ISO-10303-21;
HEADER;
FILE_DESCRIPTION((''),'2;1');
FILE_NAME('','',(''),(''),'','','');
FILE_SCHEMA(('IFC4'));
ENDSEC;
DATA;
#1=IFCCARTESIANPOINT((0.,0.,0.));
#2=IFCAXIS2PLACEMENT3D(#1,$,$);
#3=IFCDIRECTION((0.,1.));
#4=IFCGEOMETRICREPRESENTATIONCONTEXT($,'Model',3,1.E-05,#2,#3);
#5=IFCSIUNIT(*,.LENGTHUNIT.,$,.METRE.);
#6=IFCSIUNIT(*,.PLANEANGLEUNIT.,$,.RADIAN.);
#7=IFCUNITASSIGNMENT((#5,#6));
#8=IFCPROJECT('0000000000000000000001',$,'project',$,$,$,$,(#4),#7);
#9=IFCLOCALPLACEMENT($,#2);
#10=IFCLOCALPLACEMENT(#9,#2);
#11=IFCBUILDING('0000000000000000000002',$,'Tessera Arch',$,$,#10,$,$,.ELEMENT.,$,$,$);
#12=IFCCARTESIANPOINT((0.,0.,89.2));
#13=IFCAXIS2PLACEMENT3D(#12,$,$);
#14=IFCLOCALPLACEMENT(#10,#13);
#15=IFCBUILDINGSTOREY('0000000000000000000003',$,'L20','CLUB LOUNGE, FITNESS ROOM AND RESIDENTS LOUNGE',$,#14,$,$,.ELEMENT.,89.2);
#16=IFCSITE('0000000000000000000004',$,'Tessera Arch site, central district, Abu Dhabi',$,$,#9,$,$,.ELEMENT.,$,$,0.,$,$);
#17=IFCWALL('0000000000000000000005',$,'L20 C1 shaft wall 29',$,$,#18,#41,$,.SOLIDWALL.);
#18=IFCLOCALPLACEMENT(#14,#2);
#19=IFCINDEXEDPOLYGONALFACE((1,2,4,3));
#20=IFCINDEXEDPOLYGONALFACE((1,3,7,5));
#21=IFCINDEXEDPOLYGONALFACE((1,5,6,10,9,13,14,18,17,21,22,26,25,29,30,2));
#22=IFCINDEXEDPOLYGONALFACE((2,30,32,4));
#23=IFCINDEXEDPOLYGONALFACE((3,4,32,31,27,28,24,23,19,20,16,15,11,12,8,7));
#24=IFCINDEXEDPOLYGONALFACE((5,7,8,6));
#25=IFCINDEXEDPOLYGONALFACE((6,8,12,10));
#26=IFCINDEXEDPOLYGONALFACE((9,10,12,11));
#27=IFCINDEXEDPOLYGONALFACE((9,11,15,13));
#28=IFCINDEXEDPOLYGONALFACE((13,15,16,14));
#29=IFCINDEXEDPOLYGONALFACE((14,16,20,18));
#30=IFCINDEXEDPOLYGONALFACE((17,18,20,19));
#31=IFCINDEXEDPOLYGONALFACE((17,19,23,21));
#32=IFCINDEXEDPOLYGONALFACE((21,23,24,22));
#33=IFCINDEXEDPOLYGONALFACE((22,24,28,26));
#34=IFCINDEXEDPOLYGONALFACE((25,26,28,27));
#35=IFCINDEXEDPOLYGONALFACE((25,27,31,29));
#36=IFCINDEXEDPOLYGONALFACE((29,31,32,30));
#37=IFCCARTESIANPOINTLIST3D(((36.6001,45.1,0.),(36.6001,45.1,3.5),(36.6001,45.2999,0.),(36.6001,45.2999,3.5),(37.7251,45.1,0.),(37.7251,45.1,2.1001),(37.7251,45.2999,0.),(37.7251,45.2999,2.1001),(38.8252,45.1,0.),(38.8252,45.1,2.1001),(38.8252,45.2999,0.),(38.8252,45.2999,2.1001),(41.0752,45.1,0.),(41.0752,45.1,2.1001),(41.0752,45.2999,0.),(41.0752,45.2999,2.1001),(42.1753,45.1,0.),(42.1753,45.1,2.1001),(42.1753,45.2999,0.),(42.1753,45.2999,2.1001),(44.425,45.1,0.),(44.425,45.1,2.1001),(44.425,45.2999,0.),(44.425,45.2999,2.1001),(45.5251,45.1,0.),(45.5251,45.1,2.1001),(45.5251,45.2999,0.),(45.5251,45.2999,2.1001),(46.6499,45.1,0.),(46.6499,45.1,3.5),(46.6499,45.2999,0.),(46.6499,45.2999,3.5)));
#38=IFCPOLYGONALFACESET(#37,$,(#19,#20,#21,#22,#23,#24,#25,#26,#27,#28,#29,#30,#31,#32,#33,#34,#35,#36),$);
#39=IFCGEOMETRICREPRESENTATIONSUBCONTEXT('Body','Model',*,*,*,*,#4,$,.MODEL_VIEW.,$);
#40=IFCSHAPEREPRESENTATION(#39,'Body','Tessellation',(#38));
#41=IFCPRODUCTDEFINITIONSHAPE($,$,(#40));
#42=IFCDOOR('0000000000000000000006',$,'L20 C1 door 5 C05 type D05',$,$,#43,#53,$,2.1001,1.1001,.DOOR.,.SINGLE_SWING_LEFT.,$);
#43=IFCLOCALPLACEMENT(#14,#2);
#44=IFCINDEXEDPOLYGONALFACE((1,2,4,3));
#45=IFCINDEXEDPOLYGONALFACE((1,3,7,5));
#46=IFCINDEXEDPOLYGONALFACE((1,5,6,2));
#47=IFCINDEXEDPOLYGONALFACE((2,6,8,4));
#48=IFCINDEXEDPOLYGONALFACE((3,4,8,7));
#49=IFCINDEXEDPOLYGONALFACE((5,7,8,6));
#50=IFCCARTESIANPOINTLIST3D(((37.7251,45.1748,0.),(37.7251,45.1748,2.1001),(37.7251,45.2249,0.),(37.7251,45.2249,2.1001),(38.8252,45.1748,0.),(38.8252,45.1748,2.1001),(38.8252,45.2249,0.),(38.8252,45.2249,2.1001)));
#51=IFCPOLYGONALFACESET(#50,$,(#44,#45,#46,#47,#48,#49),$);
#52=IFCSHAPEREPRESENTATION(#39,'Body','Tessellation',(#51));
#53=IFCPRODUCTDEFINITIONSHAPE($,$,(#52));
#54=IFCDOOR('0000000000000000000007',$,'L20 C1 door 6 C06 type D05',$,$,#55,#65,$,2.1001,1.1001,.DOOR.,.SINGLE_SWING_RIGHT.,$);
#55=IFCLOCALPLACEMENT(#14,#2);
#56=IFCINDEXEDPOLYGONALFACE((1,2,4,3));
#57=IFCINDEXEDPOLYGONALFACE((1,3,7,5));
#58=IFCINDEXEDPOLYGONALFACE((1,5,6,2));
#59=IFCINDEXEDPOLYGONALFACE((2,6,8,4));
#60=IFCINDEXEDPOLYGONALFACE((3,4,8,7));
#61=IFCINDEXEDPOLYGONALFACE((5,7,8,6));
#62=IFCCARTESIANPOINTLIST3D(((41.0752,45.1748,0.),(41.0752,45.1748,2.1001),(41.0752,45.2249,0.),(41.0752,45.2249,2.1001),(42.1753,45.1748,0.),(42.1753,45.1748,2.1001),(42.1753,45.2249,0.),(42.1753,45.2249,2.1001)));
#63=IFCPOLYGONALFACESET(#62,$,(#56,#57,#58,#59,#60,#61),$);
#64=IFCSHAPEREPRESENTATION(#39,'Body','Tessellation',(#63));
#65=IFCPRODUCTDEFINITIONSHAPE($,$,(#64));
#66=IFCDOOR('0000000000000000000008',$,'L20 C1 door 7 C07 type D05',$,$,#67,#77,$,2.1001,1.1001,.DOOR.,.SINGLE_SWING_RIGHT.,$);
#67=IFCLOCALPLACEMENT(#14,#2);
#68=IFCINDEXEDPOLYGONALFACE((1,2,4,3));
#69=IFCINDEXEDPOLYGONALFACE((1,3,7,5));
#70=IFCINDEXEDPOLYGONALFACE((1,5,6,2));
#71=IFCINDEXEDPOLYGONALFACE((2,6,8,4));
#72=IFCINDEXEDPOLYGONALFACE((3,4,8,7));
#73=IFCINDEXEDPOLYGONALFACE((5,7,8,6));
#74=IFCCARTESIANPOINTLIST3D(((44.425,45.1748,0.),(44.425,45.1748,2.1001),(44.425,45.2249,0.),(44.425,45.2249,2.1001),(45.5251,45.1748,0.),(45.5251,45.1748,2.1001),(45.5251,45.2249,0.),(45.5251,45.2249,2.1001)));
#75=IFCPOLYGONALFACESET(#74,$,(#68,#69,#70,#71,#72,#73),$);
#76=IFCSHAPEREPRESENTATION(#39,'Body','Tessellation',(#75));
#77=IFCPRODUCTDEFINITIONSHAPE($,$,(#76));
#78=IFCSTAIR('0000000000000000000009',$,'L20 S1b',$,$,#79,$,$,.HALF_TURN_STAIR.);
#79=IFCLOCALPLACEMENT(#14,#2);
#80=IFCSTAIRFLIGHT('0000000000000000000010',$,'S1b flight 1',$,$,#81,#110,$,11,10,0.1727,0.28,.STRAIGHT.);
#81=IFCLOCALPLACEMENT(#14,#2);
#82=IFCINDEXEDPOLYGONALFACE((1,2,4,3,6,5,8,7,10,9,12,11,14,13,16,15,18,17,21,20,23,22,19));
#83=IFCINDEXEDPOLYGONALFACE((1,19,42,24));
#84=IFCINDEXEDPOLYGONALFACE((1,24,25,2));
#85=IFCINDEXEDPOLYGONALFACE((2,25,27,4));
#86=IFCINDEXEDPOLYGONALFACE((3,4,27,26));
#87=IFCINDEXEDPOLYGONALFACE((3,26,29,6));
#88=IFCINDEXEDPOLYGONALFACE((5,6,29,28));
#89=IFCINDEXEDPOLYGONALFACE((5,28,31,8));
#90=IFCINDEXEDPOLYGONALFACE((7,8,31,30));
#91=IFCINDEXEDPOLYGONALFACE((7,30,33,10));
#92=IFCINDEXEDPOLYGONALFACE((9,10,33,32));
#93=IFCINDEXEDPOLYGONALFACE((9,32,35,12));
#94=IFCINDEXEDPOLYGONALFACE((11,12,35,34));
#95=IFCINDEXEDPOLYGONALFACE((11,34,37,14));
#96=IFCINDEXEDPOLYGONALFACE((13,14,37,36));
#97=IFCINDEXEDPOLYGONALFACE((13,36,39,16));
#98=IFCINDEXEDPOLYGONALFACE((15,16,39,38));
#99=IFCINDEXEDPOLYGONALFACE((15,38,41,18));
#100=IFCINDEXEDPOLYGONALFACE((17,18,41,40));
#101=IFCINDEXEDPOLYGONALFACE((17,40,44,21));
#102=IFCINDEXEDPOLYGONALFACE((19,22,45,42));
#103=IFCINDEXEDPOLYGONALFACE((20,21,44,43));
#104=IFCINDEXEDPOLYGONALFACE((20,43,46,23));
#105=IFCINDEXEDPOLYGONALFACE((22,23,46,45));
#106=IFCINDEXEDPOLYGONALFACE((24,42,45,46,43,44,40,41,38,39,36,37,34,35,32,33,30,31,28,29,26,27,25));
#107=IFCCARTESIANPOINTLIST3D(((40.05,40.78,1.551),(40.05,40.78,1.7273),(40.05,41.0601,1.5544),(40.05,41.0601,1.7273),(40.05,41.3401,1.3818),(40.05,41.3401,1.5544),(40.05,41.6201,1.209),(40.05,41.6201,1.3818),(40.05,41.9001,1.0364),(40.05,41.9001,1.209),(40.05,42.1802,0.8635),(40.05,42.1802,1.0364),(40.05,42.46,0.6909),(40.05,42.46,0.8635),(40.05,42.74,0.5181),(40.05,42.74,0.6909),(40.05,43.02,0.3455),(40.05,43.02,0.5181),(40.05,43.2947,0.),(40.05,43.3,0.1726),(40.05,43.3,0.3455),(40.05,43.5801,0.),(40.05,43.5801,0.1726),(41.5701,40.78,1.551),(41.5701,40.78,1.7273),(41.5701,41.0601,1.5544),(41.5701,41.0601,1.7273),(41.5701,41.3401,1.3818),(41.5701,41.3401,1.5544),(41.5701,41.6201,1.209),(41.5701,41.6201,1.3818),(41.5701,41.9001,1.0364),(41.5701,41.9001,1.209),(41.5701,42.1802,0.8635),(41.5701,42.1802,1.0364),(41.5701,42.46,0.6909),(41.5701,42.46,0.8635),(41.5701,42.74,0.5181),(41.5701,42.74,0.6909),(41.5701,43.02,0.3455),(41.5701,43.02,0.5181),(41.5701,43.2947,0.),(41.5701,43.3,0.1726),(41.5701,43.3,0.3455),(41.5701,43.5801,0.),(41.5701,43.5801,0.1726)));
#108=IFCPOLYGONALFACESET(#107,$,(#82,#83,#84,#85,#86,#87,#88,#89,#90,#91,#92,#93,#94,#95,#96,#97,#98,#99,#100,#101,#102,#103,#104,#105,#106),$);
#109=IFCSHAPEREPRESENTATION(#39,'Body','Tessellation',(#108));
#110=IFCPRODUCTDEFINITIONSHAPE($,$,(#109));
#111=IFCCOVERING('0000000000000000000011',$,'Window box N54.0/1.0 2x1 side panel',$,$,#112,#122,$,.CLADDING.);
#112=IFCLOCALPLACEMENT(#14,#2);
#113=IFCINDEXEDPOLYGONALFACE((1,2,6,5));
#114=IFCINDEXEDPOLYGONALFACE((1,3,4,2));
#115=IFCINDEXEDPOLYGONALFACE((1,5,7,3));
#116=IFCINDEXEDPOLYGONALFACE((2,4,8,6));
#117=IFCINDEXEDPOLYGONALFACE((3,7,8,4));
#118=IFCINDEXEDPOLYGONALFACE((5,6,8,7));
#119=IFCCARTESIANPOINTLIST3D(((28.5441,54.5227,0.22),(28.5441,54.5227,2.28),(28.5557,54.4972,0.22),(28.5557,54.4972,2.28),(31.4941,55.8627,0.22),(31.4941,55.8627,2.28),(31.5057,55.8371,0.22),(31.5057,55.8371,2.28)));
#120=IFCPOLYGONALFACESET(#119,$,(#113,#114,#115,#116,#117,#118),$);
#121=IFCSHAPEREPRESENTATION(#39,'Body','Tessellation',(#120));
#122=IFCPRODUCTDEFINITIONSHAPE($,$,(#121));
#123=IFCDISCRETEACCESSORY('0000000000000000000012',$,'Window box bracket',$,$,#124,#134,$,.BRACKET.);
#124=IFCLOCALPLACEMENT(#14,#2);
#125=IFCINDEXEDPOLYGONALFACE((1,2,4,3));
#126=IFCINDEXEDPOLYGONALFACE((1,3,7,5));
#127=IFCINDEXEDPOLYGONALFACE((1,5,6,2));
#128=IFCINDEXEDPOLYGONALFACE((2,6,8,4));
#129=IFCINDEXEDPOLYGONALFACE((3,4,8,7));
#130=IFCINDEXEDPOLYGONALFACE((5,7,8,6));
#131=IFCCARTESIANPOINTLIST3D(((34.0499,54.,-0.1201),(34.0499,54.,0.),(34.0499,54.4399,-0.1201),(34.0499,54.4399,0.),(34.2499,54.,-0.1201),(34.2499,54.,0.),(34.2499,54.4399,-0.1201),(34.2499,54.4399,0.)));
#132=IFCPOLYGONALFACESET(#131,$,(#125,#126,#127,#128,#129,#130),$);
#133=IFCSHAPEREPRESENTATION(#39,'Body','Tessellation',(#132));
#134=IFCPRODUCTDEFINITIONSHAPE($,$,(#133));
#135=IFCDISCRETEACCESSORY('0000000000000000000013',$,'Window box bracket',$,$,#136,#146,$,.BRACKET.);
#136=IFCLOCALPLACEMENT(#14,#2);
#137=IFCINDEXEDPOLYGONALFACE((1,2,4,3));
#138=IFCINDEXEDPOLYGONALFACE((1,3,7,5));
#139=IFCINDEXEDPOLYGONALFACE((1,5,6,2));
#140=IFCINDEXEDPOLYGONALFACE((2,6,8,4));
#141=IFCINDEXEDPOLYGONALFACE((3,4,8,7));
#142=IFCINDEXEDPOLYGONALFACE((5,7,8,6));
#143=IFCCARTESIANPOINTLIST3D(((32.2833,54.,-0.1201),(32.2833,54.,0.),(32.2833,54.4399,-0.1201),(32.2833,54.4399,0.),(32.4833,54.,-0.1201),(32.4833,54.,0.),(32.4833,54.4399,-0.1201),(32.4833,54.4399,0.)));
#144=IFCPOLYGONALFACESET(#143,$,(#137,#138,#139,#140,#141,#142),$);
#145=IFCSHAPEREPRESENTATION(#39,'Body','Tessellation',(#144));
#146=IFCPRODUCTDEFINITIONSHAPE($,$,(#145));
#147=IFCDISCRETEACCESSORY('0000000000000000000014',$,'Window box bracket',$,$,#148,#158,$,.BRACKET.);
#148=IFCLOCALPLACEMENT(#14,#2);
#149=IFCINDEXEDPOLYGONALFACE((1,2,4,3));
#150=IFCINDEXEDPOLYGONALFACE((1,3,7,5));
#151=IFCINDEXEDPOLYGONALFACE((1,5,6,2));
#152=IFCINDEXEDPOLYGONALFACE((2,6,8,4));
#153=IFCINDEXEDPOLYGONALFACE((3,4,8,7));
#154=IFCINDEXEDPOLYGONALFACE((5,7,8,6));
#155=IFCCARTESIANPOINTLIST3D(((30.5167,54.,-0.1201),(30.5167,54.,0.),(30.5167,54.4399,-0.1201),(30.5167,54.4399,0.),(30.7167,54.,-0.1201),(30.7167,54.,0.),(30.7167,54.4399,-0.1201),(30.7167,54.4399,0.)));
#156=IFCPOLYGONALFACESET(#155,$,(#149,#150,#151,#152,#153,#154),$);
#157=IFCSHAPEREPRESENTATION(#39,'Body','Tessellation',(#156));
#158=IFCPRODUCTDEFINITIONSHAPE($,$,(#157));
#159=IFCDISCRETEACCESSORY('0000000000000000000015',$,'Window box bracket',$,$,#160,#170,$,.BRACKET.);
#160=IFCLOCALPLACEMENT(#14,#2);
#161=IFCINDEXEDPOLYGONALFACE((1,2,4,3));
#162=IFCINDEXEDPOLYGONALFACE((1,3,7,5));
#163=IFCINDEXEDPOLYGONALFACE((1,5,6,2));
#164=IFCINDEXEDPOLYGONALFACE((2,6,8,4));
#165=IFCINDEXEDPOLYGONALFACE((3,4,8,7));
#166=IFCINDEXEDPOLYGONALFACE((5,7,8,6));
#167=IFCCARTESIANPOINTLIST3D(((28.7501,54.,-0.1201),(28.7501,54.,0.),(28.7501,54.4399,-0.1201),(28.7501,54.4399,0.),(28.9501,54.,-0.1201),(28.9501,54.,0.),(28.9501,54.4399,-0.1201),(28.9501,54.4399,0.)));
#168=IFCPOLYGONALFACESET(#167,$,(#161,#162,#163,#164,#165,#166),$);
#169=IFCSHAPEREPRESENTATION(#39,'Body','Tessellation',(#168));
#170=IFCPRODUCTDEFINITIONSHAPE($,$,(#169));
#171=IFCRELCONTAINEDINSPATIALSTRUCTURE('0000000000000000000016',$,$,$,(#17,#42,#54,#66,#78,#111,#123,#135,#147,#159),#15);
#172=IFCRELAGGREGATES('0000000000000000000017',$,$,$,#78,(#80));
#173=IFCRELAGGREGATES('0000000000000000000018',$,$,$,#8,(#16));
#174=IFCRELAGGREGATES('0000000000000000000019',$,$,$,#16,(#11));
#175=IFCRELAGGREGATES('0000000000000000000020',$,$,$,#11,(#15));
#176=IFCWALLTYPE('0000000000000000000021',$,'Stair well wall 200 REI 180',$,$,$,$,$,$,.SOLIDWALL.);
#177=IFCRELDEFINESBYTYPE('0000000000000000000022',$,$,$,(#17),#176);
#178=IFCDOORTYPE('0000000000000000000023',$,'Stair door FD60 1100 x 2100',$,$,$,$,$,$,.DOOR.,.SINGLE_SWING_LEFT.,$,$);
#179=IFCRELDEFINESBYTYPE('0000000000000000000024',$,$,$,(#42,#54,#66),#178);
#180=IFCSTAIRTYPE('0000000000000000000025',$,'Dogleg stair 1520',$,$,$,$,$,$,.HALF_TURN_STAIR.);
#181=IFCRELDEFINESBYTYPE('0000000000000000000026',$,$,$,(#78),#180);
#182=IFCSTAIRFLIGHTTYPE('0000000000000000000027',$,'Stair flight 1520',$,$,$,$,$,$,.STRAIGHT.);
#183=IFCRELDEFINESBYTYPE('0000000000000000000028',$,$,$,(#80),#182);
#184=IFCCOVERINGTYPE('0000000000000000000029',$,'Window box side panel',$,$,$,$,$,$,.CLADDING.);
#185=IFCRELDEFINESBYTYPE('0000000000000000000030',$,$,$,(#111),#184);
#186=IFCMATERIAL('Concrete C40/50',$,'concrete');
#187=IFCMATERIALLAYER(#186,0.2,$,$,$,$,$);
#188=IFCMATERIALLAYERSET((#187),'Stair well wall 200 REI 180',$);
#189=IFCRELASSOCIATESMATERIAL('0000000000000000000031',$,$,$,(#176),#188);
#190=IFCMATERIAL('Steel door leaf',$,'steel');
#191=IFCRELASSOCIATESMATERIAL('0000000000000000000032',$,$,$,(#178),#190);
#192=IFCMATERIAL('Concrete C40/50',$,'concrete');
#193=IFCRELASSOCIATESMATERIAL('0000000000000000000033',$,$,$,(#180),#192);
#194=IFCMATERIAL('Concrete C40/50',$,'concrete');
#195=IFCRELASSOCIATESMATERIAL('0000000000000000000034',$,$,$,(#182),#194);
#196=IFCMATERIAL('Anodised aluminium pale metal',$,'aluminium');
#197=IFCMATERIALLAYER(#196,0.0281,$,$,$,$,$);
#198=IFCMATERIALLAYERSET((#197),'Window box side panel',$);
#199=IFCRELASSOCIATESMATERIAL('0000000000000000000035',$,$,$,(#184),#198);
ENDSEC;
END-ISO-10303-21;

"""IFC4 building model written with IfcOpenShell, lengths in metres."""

from ifc_helpers import new_model, si_unit, direction, frame, frame_2d, origin, origin_2d, place, context, subcontext, project, spatial, polyline, rectangle, outline, extrude, material, layer, layer_set, type_object, element, fill, aggregate, save


model = new_model("IFC4")

# Units and contexts
model_context = context("Model", 3, precision=1e-05, world=origin(), true_north=direction((0.0, 1.0)))
body_context = subcontext(model_context, "Body", "Model", "MODEL_VIEW")
ifc_project = project(units=[si_unit("LENGTHUNIT", "METRE"), si_unit("PLANEANGLEUNIT", "RADIAN")], contexts=[model_context])

# Site, building, storey
site_placement = place(None, origin())
site = spatial("IfcSite", under=ifc_project, at=site_placement, Name="Tessera Arch site, central district, Abu Dhabi", CompositionType="ELEMENT", RefElevation=0.0)
building_placement = place(site_placement, origin())
building = spatial("IfcBuilding", under=site, at=building_placement, Name="Tessera Arch", CompositionType="ELEMENT")
storey_placement = place(building_placement, frame((0.0, 0.0, 89.2)))
storey = spatial("IfcBuildingStorey", under=building, at=storey_placement, Name="L20", Description="CLUB LOUNGE, FITNESS ROOM AND RESIDENTS LOUNGE", CompositionType="ELEMENT", Elevation=89.2)

# Wall, openings, doors
ifc_material_1 = material(Name="Concrete C40/50", Category="concrete")
ifc_layer_1 = layer(ifc_material_1, 0.2)
ifc_layer_set_1 = layer_set([ifc_layer_1], Name="Stair well wall 200 REI 180")
wall_type_1 = type_object("IfcWallType", Name="Stair well wall 200 REI 180", PredefinedType="SOLIDWALL", material=ifc_layer_set_1)
wall_1_placement = place(storey_placement, frame((36.6001, 45.2, 0.0), z_axis=(0.0, 0.0, 1.0), x_axis=(1.0, 0.0, 0.0)))
wall_1 = element("IfcWall", 1, at=wall_1_placement, inside=storey, type_object=wall_type_1, Name="L20 C1 shaft wall 29", PredefinedType="SOLIDWALL", context=body_context, shape_type="SweptSolid", body=[
    extrude(rectangle(XDim=10.0498, YDim=0.2, at=frame_2d((5.0249, 0.0))), origin(), (0.0, 0.0, 1.0), 3.5),
])
opening_1_placement = place(wall_1_placement, frame((1.125, 0.0, 0.0)))
opening_1 = element("IfcOpeningElement", 2, at=opening_1_placement, cuts=wall_1, PredefinedType="OPENING", context=body_context, shape_type="SweptSolid", body=[
    extrude(rectangle(XDim=1.1001, YDim=2.1001, at=frame_2d((0.55, 1.05))), frame((0.0, 0.1099, 0.0), z_axis=(0.0, -1.0, 0.0), x_axis=(1.0, 0.0, 0.0)), (0.0, 0.0, 1.0), 0.22),
])
opening_2_placement = place(wall_1_placement, frame((4.4751, 0.0, 0.0)))
opening_2 = element("IfcOpeningElement", 3, at=opening_2_placement, cuts=wall_1, PredefinedType="OPENING", context=body_context, shape_type="SweptSolid", body=[
    extrude(rectangle(XDim=1.1001, YDim=2.1001, at=frame_2d((0.55, 1.05))), frame((0.0, 0.1099, 0.0), z_axis=(0.0, -1.0, 0.0), x_axis=(1.0, 0.0, 0.0)), (0.0, 0.0, 1.0), 0.22),
])
opening_3_placement = place(wall_1_placement, frame((7.825, 0.0, 0.0)))
opening_3 = element("IfcOpeningElement", 4, at=opening_3_placement, cuts=wall_1, PredefinedType="OPENING", context=body_context, shape_type="SweptSolid", body=[
    extrude(rectangle(XDim=1.1001, YDim=2.1001, at=frame_2d((0.55, 1.05))), frame((0.0, 0.1099, 0.0), z_axis=(0.0, -1.0, 0.0), x_axis=(1.0, 0.0, 0.0)), (0.0, 0.0, 1.0), 0.22),
])
ifc_material_2 = material(Name="Steel door leaf", Category="steel")
door_type_1 = type_object("IfcDoorType", Name="Stair door FD60 1100 x 2100", OperationType="SINGLE_SWING_LEFT", PredefinedType="DOOR", material=ifc_material_2)
door_1_placement = place(opening_1_placement, origin())
door_1 = element("IfcDoor", 5, at=door_1_placement, inside=storey, type_object=door_type_1, Name="L20 C1 door 5 C05 type D05", OperationType="SINGLE_SWING_LEFT", OverallHeight=2.1001, OverallWidth=1.1001, PredefinedType="DOOR", context=body_context, shape_type="SweptSolid", body=[
    extrude(rectangle(XDim=1.1001, YDim=2.1001, at=frame_2d((0.55, 1.05))), frame((0.0, 0.0249, 0.0), z_axis=(0.0, -1.0, 0.0), x_axis=(1.0, 0.0, 0.0)), (0.0, 0.0, 1.0), 0.05),
])
fill(opening_1, door_1)
door_2_placement = place(opening_2_placement, origin())
door_2 = element("IfcDoor", 6, at=door_2_placement, inside=storey, type_object=door_type_1, Name="L20 C1 door 6 C06 type D05", OperationType="SINGLE_SWING_RIGHT", OverallHeight=2.1001, OverallWidth=1.1001, PredefinedType="DOOR", context=body_context, shape_type="SweptSolid", body=[
    extrude(rectangle(XDim=1.1001, YDim=2.1001, at=frame_2d((0.55, 1.05))), frame((0.0, 0.0249, 0.0), z_axis=(0.0, -1.0, 0.0), x_axis=(1.0, 0.0, 0.0)), (0.0, 0.0, 1.0), 0.05),
])
fill(opening_2, door_2)
door_3_placement = place(opening_3_placement, origin())
door_3 = element("IfcDoor", 7, at=door_3_placement, inside=storey, type_object=door_type_1, Name="L20 C1 door 7 C07 type D05", OperationType="SINGLE_SWING_RIGHT", OverallHeight=2.1001, OverallWidth=1.1001, PredefinedType="DOOR", context=body_context, shape_type="SweptSolid", body=[
    extrude(rectangle(XDim=1.1001, YDim=2.1001, at=frame_2d((0.55, 1.05))), frame((0.0, 0.0249, 0.0), z_axis=(0.0, -1.0, 0.0), x_axis=(1.0, 0.0, 0.0)), (0.0, 0.0, 1.0), 0.05),
])
fill(opening_3, door_3)

# Stair, stair flight
ifc_material_3 = material(Name="Concrete C40/50", Category="concrete")
stair_type = type_object("IfcStairType", Name="Dogleg stair 1520", PredefinedType="HALF_TURN_STAIR", material=ifc_material_3)
stair_placement = place(storey_placement, origin())
stair = element("IfcStair", 8, at=stair_placement, inside=storey, type_object=stair_type, Name="L20 S1b", PredefinedType="HALF_TURN_STAIR")
ifc_material_4 = material(Name="Concrete C40/50", Category="concrete")
stair_flight_type = type_object("IfcStairFlightType", Name="Stair flight 1520", PredefinedType="STRAIGHT", material=ifc_material_4)
stair_flight_placement = place(storey_placement, frame((40.8101, 43.5801, 0.0), z_axis=(0.0, 0.0, 1.0), x_axis=(0.0, -1.0, 0.0)))
stair_flight = element("IfcStairFlight", 9, at=stair_flight_placement, type_object=stair_flight_type, Name="S1b flight 1", NumberOfRisers=11, NumberOfTreads=10, PredefinedType="STRAIGHT", RiserHeight=0.1727, TreadLength=0.28, context=body_context, shape_type="SweptSolid", body=[
    extrude(outline(polyline([(0.0, 0.0), (0.0, 0.1726), (0.28, 0.1726), (0.28, 0.3455), (0.5601, 0.3455), (0.5601, 0.5181), (0.8401, 0.5181), (0.8401, 0.6909), (1.1201, 0.6909), (1.1201, 0.8635), (1.3999, 0.8635), (1.3999, 1.0364), (1.6799, 1.0364), (1.6799, 1.209), (1.96, 1.209), (1.96, 1.3818), (2.24, 1.3818), (2.24, 1.5544), (2.52, 1.5544), (2.52, 1.7273), (2.8, 1.7273), (2.8, 1.8999), (2.8, 1.551), (0.2854, 0.0), (0.0, 0.0)])), frame((0.0, 0.76, 0.0), z_axis=(0.0, -1.0, 0.0), x_axis=(1.0, 0.0, 0.0)), (0.0, 0.0, 1.0), 1.52),
])
aggregate(stair, [stair_flight])

# Covering
ifc_material_5 = material(Name="Anodised aluminium pale metal", Category="aluminium")
ifc_layer_2 = layer(ifc_material_5, 0.0281)
ifc_layer_set_2 = layer_set([ifc_layer_2], Name="Window box side panel")
covering_type = type_object("IfcCoveringType", Name="Window box side panel", PredefinedType="CLADDING", material=ifc_layer_set_2)
covering_placement = place(storey_placement, frame((30.0249, 55.1799, 0.22), z_axis=(0.0, 0.0, 1.0), x_axis=(0.910472, 0.41357, 0.0)))
element("IfcCovering", 10, at=covering_placement, inside=storey, type_object=covering_type, Name="Window box N54.0/1.0 2x1 side panel", PredefinedType="CLADDING", context=body_context, shape_type="SweptSolid", body=[
    extrude(rectangle(XDim=3.24, YDim=0.0281, at=origin_2d()), origin(), (0.0, 0.0, 1.0), 2.0601),
])

# Discrete accessories
for number, where, z_axis, x_axis, name in (
    (11, (34.1499, 54.22, -0.1201), (0.0, 0.0, 1.0), (0.0, 1.0, 0.0), "Window box bracket"),
    (12, (32.3833, 54.22, -0.1201), (0.0, 0.0, 1.0), (0.0, 1.0, 0.0), "Window box bracket"),
    (13, (30.6167, 54.22, -0.1201), (0.0, 0.0, 1.0), (0.0, 1.0, 0.0), "Window box bracket"),
    (14, (28.8501, 54.22, -0.1201), (0.0, 0.0, 1.0), (0.0, 1.0, 0.0), "Window box bracket"),
):
    element("IfcDiscreteAccessory", number, at=place(storey_placement, frame(where, z_axis=z_axis, x_axis=x_axis)), inside=storey, Name=name, PredefinedType="BRACKET", context=body_context, shape_type="SweptSolid", body=[
        extrude(rectangle(XDim=0.4399, YDim=0.2, at=origin_2d()), origin(), (0.0, 0.0, 1.0), 0.1201),
    ])

save(model, "model.ifc")
